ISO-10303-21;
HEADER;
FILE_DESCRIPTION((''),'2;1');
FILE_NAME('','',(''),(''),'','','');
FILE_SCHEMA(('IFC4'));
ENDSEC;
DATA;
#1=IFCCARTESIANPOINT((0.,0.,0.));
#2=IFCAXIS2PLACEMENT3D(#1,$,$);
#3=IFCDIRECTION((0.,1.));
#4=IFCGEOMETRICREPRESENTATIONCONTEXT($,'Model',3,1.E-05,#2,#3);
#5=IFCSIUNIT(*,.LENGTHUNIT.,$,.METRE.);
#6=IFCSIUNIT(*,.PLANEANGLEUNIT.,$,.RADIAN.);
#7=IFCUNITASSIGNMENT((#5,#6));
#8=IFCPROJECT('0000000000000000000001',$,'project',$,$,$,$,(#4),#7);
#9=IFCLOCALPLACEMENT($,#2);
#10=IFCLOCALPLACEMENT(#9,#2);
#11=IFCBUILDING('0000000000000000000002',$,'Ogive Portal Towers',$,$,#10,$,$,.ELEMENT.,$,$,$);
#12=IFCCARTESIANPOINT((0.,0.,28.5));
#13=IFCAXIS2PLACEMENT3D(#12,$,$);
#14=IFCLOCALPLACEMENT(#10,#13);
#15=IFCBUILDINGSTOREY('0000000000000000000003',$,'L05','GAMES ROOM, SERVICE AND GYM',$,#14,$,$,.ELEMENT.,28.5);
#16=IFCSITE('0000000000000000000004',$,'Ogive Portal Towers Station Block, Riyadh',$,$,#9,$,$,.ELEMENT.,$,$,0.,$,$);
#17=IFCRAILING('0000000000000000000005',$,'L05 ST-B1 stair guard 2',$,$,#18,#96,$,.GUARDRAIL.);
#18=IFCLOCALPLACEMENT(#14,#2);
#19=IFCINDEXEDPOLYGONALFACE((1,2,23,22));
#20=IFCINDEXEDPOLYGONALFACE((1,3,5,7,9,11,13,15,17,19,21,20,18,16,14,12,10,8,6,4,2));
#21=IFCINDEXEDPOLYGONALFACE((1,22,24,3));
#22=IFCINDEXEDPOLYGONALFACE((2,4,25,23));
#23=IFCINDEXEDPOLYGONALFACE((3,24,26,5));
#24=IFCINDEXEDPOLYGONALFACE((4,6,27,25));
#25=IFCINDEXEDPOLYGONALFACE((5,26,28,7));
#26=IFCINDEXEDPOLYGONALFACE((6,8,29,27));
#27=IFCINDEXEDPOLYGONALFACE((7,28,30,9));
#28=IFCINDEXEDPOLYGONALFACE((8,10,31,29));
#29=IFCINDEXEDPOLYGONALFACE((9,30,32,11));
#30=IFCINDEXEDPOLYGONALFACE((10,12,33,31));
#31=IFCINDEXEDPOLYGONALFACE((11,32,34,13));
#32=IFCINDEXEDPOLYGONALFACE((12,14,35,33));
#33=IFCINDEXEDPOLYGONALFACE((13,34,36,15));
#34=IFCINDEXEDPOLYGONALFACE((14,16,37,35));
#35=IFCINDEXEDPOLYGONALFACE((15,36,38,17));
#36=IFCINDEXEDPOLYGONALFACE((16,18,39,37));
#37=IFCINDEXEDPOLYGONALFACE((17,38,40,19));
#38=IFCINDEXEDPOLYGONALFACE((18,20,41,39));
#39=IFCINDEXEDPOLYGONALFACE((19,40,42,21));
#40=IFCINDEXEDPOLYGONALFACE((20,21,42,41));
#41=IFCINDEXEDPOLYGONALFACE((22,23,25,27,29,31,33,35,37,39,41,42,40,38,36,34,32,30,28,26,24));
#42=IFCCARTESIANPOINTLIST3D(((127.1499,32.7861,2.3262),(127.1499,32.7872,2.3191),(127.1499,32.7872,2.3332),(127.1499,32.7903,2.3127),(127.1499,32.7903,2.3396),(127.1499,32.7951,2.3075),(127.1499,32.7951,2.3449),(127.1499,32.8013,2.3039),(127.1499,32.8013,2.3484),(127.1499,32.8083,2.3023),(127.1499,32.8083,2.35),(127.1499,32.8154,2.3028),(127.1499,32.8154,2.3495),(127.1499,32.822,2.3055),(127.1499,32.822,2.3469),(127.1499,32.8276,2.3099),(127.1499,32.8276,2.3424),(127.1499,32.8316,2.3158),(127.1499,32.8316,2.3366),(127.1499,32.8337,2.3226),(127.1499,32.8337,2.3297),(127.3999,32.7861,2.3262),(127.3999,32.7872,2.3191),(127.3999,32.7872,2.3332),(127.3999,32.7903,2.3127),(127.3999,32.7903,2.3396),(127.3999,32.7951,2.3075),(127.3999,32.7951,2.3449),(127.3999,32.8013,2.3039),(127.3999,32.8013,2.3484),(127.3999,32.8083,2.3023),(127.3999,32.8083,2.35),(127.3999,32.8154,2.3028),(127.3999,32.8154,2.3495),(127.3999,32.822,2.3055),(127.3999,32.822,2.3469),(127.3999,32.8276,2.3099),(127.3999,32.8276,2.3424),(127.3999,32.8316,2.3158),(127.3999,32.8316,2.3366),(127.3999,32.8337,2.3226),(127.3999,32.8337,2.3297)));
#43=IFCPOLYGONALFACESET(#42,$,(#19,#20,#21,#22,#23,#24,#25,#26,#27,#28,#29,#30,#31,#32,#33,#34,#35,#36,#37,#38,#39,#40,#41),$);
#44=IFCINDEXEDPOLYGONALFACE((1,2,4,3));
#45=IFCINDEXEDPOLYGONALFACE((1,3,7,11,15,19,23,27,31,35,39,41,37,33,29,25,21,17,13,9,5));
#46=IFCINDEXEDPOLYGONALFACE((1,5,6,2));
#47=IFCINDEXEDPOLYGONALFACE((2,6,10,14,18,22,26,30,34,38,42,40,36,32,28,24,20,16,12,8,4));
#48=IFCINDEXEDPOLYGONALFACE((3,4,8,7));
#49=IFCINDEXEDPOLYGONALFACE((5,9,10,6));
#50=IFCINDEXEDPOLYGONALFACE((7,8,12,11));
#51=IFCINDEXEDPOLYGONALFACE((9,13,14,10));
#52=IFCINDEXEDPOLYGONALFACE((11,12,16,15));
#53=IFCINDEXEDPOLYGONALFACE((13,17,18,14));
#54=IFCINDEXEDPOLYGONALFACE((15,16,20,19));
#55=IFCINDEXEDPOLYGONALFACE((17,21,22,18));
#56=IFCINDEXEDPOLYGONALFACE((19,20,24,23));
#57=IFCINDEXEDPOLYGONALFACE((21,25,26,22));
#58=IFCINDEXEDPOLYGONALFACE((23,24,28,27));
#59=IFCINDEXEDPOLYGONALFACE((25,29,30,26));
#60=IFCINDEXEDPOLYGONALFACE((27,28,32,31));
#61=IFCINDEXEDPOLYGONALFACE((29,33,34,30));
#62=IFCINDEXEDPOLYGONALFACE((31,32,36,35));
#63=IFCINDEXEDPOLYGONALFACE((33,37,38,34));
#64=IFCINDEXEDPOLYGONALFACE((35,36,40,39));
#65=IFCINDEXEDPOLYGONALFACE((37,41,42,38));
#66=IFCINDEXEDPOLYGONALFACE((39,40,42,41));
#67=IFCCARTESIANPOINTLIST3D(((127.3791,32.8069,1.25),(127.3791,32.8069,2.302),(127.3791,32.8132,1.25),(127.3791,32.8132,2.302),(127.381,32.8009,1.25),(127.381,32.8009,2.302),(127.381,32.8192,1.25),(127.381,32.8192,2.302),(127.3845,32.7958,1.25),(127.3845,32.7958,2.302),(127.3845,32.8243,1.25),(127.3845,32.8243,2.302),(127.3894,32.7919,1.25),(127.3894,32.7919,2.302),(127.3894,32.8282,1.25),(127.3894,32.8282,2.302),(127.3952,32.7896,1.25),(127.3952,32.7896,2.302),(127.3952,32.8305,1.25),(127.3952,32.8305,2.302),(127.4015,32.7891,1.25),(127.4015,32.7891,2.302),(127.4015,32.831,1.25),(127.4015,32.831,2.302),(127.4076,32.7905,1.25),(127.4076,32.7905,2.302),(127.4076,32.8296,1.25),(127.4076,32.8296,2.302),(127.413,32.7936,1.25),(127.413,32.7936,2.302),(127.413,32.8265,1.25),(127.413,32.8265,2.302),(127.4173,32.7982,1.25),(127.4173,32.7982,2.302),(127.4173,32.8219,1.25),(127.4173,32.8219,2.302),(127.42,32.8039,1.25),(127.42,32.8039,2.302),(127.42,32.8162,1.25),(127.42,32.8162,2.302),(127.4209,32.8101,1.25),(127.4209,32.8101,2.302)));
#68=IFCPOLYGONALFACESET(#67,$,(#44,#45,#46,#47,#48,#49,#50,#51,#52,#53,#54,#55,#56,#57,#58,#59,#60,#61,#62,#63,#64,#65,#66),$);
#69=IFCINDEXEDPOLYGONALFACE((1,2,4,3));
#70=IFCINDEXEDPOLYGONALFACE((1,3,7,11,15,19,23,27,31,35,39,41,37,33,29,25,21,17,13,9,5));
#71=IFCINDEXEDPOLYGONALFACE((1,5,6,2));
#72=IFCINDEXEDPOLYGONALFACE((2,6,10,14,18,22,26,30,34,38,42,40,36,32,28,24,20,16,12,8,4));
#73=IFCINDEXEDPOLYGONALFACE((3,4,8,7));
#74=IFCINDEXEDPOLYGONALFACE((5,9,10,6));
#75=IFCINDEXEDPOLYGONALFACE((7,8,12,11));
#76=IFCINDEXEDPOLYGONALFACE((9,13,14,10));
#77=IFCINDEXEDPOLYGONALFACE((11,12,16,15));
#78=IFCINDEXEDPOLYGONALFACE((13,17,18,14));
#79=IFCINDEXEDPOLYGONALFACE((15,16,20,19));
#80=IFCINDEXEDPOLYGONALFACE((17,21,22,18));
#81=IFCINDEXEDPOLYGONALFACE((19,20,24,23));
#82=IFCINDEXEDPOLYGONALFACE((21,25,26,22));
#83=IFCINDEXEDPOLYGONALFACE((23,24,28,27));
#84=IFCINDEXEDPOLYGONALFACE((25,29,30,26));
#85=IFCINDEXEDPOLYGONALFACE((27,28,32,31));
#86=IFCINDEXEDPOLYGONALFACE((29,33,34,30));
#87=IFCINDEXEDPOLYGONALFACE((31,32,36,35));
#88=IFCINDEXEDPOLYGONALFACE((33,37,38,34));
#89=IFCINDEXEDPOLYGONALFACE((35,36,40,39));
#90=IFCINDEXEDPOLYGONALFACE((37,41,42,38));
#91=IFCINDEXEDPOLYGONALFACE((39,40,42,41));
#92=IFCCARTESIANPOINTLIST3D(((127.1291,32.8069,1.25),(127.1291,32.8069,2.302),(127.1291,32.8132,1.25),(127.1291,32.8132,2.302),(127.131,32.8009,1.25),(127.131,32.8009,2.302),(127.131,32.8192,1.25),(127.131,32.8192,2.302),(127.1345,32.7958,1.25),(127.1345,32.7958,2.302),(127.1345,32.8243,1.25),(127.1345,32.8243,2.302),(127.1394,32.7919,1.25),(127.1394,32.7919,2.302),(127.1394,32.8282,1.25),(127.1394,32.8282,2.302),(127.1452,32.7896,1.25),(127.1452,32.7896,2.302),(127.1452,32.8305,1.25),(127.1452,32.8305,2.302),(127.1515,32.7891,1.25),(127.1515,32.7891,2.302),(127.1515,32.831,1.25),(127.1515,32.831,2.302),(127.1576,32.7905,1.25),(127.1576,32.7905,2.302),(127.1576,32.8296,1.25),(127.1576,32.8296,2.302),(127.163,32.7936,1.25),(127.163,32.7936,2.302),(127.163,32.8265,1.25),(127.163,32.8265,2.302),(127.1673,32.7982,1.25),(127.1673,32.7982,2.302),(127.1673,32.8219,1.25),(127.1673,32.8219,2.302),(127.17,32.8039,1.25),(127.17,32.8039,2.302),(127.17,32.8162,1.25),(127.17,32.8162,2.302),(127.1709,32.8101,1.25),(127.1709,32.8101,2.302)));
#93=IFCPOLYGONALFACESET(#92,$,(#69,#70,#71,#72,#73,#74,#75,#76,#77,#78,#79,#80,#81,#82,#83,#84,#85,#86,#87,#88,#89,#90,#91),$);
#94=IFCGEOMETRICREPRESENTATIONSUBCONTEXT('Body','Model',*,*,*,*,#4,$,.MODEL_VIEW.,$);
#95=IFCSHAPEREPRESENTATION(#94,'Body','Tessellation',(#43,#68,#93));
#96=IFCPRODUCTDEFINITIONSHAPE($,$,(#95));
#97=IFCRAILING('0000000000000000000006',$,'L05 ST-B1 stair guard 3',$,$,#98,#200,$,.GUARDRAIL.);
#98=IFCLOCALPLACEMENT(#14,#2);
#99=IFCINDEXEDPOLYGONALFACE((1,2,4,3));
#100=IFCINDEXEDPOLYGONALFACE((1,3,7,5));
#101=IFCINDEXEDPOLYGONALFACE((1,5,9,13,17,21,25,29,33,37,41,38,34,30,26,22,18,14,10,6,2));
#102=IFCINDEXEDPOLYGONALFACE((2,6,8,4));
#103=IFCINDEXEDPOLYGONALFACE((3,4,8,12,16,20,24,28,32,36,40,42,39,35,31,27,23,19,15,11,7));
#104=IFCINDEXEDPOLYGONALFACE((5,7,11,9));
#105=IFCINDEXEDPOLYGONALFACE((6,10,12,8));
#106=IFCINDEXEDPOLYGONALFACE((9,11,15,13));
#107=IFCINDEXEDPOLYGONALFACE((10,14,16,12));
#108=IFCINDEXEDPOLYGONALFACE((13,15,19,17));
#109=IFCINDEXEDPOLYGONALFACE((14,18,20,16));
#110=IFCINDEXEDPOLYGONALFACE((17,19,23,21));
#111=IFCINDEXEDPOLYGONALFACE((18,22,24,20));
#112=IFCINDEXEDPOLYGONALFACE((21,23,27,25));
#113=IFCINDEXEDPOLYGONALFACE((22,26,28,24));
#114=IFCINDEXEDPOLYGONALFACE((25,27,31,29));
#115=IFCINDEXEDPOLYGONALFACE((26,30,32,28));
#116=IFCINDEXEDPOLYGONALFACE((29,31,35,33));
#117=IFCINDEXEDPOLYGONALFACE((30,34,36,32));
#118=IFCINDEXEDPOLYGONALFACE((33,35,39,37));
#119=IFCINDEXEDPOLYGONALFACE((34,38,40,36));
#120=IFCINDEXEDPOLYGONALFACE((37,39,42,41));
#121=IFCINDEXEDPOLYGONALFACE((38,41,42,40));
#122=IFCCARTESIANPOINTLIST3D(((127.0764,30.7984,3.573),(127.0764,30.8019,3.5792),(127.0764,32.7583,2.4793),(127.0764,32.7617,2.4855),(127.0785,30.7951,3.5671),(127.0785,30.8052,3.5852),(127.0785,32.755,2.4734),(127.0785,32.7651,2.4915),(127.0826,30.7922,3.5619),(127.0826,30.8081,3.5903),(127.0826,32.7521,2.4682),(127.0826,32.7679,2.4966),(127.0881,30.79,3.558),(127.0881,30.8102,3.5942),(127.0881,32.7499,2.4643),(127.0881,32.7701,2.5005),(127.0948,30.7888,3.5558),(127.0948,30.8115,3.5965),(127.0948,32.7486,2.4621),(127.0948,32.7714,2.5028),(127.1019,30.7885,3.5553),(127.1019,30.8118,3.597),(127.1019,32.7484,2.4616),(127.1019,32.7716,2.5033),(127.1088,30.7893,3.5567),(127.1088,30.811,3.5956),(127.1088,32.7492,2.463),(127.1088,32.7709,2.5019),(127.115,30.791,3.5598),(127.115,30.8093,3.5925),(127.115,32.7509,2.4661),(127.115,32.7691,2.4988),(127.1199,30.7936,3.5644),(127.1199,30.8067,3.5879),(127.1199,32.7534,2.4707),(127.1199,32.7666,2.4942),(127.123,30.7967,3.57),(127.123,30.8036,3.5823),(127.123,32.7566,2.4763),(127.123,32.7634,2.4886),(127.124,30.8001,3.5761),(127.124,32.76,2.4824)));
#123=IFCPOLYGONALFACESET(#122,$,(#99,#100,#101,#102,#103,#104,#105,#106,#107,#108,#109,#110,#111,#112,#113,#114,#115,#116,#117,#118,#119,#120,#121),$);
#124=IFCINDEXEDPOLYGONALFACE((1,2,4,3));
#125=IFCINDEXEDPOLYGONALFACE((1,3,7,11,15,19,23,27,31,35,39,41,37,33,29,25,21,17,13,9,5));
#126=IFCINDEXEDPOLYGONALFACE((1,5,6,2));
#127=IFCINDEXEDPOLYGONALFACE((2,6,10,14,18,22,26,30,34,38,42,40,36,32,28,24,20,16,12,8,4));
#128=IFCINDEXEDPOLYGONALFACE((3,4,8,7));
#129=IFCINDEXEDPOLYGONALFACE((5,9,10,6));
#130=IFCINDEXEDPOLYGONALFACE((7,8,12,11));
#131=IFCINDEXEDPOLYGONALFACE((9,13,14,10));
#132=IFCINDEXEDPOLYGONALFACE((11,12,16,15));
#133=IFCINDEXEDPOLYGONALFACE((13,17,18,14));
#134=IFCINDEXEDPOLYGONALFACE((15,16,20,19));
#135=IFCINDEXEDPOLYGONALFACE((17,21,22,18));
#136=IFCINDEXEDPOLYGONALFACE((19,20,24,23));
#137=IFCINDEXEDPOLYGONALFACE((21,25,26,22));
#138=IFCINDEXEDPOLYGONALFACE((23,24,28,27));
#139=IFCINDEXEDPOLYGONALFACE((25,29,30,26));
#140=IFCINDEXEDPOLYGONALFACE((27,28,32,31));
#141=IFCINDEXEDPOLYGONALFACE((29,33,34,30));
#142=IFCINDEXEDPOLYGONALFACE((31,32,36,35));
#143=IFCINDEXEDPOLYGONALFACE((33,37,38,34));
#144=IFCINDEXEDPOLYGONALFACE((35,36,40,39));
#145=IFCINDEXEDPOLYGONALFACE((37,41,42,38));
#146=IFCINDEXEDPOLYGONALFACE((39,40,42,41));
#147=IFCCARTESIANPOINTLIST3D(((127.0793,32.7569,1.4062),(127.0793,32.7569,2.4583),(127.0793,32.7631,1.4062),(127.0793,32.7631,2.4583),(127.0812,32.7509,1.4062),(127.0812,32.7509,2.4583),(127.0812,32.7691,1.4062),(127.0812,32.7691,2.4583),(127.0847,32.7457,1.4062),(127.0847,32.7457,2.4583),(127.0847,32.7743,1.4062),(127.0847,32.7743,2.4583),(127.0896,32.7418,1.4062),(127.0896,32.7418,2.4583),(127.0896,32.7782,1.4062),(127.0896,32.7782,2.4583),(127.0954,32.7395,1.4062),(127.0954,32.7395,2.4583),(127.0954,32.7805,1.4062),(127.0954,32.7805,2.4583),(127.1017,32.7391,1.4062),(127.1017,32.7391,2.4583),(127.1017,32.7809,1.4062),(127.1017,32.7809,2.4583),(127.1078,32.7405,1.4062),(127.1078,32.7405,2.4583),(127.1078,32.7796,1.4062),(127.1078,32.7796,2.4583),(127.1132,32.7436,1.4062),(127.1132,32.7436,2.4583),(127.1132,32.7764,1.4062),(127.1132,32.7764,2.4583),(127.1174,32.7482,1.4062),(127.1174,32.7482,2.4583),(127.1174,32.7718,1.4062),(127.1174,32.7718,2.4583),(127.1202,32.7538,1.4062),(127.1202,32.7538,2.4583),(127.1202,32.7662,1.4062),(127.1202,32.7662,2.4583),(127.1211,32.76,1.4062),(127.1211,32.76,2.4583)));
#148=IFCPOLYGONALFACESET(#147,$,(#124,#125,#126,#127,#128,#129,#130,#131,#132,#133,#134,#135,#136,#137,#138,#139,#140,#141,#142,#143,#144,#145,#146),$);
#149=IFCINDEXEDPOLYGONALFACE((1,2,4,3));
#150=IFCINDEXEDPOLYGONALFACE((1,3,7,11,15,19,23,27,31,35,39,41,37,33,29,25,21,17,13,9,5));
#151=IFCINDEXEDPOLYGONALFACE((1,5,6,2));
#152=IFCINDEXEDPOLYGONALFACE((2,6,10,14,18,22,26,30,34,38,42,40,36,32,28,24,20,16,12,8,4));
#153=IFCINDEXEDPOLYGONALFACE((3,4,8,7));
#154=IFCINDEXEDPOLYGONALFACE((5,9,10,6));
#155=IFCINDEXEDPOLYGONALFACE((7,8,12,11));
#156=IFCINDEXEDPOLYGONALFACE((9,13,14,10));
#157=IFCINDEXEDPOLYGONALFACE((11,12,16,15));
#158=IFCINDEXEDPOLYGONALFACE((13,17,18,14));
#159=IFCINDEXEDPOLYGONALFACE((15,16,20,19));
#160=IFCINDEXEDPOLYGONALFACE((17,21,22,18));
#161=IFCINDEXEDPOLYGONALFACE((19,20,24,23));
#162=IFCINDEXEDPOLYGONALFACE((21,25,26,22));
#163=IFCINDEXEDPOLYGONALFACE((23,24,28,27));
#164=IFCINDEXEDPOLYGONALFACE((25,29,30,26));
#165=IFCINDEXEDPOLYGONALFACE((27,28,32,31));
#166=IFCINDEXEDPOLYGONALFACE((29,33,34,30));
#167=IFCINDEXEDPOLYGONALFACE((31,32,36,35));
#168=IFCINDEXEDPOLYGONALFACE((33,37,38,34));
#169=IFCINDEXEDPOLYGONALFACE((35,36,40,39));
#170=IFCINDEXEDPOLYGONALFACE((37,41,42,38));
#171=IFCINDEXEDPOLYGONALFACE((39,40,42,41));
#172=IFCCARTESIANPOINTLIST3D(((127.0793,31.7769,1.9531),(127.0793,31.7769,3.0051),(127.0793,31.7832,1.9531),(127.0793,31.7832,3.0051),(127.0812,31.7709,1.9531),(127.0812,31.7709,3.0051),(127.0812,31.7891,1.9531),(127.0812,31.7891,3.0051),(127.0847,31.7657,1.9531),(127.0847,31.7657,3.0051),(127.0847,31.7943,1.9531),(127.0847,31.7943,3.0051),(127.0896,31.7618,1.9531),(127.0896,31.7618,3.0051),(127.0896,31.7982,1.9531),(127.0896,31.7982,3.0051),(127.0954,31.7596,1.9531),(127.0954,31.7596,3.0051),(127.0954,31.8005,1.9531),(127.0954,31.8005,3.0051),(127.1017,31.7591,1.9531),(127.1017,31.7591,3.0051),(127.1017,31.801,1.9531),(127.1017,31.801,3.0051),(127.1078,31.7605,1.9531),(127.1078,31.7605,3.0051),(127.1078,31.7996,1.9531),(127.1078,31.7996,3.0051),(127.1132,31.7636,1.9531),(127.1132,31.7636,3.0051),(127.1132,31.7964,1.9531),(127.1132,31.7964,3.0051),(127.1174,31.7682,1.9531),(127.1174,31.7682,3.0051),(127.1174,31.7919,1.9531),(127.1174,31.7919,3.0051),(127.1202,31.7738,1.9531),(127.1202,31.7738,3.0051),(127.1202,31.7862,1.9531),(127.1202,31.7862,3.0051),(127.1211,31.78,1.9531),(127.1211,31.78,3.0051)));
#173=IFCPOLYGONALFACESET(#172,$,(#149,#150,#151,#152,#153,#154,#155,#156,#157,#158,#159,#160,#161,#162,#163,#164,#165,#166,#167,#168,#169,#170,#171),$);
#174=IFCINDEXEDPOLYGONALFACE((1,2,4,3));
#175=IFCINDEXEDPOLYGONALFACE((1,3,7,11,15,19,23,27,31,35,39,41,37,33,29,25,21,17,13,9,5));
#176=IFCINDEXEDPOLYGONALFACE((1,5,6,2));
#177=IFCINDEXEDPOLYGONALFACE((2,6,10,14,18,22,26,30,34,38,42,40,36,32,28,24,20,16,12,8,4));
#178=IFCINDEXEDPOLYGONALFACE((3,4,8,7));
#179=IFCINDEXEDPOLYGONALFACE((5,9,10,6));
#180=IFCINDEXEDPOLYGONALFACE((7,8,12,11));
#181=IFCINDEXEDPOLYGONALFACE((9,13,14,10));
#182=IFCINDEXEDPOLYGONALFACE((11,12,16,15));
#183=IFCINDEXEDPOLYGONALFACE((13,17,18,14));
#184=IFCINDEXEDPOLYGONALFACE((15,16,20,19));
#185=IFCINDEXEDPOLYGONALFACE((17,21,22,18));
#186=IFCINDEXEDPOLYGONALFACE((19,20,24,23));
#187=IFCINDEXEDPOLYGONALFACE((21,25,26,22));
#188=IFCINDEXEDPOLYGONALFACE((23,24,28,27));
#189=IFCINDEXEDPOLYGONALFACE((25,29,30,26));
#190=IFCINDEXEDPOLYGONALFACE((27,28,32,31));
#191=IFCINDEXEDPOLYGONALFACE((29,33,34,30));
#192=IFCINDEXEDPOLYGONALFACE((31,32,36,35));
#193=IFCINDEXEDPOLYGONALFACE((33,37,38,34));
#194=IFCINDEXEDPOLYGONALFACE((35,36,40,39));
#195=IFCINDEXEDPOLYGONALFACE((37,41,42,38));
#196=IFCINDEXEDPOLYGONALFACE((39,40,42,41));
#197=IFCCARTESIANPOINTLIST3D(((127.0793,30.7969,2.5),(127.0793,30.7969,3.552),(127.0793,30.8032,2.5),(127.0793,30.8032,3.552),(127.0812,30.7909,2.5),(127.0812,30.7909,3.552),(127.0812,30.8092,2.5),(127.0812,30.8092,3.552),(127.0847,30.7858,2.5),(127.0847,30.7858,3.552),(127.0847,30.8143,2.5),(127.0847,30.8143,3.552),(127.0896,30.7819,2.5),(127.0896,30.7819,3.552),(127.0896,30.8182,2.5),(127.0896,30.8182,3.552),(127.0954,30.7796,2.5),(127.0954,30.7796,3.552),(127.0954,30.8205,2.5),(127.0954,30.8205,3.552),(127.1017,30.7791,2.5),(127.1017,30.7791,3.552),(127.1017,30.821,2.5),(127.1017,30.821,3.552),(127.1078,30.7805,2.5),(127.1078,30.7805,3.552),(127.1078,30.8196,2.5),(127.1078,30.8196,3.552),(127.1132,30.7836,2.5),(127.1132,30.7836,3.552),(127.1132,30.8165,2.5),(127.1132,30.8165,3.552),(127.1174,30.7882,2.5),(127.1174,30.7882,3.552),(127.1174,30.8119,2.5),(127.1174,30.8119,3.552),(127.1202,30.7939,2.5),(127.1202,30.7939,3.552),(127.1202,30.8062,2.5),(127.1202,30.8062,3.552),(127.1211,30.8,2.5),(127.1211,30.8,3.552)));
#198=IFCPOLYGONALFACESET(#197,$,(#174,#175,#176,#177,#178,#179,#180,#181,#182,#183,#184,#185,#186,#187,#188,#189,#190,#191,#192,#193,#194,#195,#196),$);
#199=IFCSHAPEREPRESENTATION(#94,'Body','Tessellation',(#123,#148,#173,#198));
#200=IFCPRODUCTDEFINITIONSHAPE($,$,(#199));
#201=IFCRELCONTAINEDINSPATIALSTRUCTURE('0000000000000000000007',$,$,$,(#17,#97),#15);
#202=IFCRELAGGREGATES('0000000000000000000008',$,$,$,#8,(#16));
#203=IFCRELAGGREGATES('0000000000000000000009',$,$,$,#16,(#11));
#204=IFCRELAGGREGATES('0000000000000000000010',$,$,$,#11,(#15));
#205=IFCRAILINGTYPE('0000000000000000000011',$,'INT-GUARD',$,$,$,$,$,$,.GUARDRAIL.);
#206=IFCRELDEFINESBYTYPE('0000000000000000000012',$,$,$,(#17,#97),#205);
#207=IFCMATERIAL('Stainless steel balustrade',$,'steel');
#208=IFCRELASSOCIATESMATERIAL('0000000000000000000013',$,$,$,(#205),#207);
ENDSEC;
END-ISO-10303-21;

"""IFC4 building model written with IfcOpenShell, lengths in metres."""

from ifc_helpers import new_model, si_unit, direction, frame, origin, origin_2d, place, context, subcontext, project, spatial, circle, extrude, material, type_object, element, save


model = new_model("IFC4")

# Units and contexts
model_context = context("Model", 3, precision=1e-05, world=origin(), true_north=direction((0.0, 1.0)))
body_context = subcontext(model_context, "Body", "Model", "MODEL_VIEW")
ifc_project = project(units=[si_unit("LENGTHUNIT", "METRE"), si_unit("PLANEANGLEUNIT", "RADIAN")], contexts=[model_context])

# Site, building, storey
site_placement = place(None, origin())
site = spatial("IfcSite", under=ifc_project, at=site_placement, Name="Ogive Portal Towers Station Block, Riyadh", CompositionType="ELEMENT", RefElevation=0.0)
building_placement = place(site_placement, origin())
building = spatial("IfcBuilding", under=site, at=building_placement, Name="Ogive Portal Towers", CompositionType="ELEMENT")
storey_placement = place(building_placement, frame((0.0, 0.0, 28.5)))
storey = spatial("IfcBuildingStorey", under=building, at=storey_placement, Name="L05", Description="GAMES ROOM, SERVICE AND GYM", CompositionType="ELEMENT", Elevation=28.5)

# Railings
ifc_material_1 = material(Name="Stainless steel balustrade", Category="steel")
railing_type_1 = type_object("IfcRailingType", Name="INT-GUARD", PredefinedType="GUARDRAIL", material=ifc_material_1)
railing_1_placement = place(storey_placement, frame((127.3999, 32.8101, 1.25)))
element("IfcRailing", 1, at=railing_1_placement, inside=storey, type_object=railing_type_1, Name="L05 ST-B1 stair guard 2", PredefinedType="GUARDRAIL", context=body_context, shape_type="SweptSolid", body=[
    extrude(circle(Radius=0.0239, at=origin_2d()), frame((0.0, 0.0, 1.0762), z_axis=(-1.0, 0.0, 0.0), x_axis=(0.0, -1.0, 0.0)), (0.0, 0.0, 1.0), 0.25),
    extrude(circle(Radius=0.021, at=origin_2d()), origin(), (0.0, 0.0, 1.0), 1.052),
    extrude(circle(Radius=0.021, at=origin_2d()), frame((-0.25, 0.0, 0.0)), (0.0, 0.0, 1.0), 1.052),
])
railing_2_placement = place(storey_placement, frame((127.1001, 32.76, 1.4062)))
element("IfcRailing", 2, at=railing_2_placement, inside=storey, type_object=railing_type_1, Name="L05 ST-B1 stair guard 3", PredefinedType="GUARDRAIL", context=body_context, shape_type="SweptSolid", body=[
    extrude(circle(Radius=0.0239, at=origin_2d()), frame((0.0, 0.0, 1.0762), z_axis=(0.0, -0.873232, 0.487304), x_axis=(1.0, 0.0, 0.0)), (0.0, 0.0, 1.0), 2.2444),
    extrude(circle(Radius=0.021, at=origin_2d()), origin(), (0.0, 0.0, 1.0), 1.052),
    extrude(circle(Radius=0.021, at=origin_2d()), frame((0.0, -0.98, 0.5469)), (0.0, 0.0, 1.0), 1.052),
    extrude(circle(Radius=0.021, at=origin_2d()), frame((0.0, -1.96, 1.0938)), (0.0, 0.0, 1.0), 1.052),
])

save(model, "model.ifc")
